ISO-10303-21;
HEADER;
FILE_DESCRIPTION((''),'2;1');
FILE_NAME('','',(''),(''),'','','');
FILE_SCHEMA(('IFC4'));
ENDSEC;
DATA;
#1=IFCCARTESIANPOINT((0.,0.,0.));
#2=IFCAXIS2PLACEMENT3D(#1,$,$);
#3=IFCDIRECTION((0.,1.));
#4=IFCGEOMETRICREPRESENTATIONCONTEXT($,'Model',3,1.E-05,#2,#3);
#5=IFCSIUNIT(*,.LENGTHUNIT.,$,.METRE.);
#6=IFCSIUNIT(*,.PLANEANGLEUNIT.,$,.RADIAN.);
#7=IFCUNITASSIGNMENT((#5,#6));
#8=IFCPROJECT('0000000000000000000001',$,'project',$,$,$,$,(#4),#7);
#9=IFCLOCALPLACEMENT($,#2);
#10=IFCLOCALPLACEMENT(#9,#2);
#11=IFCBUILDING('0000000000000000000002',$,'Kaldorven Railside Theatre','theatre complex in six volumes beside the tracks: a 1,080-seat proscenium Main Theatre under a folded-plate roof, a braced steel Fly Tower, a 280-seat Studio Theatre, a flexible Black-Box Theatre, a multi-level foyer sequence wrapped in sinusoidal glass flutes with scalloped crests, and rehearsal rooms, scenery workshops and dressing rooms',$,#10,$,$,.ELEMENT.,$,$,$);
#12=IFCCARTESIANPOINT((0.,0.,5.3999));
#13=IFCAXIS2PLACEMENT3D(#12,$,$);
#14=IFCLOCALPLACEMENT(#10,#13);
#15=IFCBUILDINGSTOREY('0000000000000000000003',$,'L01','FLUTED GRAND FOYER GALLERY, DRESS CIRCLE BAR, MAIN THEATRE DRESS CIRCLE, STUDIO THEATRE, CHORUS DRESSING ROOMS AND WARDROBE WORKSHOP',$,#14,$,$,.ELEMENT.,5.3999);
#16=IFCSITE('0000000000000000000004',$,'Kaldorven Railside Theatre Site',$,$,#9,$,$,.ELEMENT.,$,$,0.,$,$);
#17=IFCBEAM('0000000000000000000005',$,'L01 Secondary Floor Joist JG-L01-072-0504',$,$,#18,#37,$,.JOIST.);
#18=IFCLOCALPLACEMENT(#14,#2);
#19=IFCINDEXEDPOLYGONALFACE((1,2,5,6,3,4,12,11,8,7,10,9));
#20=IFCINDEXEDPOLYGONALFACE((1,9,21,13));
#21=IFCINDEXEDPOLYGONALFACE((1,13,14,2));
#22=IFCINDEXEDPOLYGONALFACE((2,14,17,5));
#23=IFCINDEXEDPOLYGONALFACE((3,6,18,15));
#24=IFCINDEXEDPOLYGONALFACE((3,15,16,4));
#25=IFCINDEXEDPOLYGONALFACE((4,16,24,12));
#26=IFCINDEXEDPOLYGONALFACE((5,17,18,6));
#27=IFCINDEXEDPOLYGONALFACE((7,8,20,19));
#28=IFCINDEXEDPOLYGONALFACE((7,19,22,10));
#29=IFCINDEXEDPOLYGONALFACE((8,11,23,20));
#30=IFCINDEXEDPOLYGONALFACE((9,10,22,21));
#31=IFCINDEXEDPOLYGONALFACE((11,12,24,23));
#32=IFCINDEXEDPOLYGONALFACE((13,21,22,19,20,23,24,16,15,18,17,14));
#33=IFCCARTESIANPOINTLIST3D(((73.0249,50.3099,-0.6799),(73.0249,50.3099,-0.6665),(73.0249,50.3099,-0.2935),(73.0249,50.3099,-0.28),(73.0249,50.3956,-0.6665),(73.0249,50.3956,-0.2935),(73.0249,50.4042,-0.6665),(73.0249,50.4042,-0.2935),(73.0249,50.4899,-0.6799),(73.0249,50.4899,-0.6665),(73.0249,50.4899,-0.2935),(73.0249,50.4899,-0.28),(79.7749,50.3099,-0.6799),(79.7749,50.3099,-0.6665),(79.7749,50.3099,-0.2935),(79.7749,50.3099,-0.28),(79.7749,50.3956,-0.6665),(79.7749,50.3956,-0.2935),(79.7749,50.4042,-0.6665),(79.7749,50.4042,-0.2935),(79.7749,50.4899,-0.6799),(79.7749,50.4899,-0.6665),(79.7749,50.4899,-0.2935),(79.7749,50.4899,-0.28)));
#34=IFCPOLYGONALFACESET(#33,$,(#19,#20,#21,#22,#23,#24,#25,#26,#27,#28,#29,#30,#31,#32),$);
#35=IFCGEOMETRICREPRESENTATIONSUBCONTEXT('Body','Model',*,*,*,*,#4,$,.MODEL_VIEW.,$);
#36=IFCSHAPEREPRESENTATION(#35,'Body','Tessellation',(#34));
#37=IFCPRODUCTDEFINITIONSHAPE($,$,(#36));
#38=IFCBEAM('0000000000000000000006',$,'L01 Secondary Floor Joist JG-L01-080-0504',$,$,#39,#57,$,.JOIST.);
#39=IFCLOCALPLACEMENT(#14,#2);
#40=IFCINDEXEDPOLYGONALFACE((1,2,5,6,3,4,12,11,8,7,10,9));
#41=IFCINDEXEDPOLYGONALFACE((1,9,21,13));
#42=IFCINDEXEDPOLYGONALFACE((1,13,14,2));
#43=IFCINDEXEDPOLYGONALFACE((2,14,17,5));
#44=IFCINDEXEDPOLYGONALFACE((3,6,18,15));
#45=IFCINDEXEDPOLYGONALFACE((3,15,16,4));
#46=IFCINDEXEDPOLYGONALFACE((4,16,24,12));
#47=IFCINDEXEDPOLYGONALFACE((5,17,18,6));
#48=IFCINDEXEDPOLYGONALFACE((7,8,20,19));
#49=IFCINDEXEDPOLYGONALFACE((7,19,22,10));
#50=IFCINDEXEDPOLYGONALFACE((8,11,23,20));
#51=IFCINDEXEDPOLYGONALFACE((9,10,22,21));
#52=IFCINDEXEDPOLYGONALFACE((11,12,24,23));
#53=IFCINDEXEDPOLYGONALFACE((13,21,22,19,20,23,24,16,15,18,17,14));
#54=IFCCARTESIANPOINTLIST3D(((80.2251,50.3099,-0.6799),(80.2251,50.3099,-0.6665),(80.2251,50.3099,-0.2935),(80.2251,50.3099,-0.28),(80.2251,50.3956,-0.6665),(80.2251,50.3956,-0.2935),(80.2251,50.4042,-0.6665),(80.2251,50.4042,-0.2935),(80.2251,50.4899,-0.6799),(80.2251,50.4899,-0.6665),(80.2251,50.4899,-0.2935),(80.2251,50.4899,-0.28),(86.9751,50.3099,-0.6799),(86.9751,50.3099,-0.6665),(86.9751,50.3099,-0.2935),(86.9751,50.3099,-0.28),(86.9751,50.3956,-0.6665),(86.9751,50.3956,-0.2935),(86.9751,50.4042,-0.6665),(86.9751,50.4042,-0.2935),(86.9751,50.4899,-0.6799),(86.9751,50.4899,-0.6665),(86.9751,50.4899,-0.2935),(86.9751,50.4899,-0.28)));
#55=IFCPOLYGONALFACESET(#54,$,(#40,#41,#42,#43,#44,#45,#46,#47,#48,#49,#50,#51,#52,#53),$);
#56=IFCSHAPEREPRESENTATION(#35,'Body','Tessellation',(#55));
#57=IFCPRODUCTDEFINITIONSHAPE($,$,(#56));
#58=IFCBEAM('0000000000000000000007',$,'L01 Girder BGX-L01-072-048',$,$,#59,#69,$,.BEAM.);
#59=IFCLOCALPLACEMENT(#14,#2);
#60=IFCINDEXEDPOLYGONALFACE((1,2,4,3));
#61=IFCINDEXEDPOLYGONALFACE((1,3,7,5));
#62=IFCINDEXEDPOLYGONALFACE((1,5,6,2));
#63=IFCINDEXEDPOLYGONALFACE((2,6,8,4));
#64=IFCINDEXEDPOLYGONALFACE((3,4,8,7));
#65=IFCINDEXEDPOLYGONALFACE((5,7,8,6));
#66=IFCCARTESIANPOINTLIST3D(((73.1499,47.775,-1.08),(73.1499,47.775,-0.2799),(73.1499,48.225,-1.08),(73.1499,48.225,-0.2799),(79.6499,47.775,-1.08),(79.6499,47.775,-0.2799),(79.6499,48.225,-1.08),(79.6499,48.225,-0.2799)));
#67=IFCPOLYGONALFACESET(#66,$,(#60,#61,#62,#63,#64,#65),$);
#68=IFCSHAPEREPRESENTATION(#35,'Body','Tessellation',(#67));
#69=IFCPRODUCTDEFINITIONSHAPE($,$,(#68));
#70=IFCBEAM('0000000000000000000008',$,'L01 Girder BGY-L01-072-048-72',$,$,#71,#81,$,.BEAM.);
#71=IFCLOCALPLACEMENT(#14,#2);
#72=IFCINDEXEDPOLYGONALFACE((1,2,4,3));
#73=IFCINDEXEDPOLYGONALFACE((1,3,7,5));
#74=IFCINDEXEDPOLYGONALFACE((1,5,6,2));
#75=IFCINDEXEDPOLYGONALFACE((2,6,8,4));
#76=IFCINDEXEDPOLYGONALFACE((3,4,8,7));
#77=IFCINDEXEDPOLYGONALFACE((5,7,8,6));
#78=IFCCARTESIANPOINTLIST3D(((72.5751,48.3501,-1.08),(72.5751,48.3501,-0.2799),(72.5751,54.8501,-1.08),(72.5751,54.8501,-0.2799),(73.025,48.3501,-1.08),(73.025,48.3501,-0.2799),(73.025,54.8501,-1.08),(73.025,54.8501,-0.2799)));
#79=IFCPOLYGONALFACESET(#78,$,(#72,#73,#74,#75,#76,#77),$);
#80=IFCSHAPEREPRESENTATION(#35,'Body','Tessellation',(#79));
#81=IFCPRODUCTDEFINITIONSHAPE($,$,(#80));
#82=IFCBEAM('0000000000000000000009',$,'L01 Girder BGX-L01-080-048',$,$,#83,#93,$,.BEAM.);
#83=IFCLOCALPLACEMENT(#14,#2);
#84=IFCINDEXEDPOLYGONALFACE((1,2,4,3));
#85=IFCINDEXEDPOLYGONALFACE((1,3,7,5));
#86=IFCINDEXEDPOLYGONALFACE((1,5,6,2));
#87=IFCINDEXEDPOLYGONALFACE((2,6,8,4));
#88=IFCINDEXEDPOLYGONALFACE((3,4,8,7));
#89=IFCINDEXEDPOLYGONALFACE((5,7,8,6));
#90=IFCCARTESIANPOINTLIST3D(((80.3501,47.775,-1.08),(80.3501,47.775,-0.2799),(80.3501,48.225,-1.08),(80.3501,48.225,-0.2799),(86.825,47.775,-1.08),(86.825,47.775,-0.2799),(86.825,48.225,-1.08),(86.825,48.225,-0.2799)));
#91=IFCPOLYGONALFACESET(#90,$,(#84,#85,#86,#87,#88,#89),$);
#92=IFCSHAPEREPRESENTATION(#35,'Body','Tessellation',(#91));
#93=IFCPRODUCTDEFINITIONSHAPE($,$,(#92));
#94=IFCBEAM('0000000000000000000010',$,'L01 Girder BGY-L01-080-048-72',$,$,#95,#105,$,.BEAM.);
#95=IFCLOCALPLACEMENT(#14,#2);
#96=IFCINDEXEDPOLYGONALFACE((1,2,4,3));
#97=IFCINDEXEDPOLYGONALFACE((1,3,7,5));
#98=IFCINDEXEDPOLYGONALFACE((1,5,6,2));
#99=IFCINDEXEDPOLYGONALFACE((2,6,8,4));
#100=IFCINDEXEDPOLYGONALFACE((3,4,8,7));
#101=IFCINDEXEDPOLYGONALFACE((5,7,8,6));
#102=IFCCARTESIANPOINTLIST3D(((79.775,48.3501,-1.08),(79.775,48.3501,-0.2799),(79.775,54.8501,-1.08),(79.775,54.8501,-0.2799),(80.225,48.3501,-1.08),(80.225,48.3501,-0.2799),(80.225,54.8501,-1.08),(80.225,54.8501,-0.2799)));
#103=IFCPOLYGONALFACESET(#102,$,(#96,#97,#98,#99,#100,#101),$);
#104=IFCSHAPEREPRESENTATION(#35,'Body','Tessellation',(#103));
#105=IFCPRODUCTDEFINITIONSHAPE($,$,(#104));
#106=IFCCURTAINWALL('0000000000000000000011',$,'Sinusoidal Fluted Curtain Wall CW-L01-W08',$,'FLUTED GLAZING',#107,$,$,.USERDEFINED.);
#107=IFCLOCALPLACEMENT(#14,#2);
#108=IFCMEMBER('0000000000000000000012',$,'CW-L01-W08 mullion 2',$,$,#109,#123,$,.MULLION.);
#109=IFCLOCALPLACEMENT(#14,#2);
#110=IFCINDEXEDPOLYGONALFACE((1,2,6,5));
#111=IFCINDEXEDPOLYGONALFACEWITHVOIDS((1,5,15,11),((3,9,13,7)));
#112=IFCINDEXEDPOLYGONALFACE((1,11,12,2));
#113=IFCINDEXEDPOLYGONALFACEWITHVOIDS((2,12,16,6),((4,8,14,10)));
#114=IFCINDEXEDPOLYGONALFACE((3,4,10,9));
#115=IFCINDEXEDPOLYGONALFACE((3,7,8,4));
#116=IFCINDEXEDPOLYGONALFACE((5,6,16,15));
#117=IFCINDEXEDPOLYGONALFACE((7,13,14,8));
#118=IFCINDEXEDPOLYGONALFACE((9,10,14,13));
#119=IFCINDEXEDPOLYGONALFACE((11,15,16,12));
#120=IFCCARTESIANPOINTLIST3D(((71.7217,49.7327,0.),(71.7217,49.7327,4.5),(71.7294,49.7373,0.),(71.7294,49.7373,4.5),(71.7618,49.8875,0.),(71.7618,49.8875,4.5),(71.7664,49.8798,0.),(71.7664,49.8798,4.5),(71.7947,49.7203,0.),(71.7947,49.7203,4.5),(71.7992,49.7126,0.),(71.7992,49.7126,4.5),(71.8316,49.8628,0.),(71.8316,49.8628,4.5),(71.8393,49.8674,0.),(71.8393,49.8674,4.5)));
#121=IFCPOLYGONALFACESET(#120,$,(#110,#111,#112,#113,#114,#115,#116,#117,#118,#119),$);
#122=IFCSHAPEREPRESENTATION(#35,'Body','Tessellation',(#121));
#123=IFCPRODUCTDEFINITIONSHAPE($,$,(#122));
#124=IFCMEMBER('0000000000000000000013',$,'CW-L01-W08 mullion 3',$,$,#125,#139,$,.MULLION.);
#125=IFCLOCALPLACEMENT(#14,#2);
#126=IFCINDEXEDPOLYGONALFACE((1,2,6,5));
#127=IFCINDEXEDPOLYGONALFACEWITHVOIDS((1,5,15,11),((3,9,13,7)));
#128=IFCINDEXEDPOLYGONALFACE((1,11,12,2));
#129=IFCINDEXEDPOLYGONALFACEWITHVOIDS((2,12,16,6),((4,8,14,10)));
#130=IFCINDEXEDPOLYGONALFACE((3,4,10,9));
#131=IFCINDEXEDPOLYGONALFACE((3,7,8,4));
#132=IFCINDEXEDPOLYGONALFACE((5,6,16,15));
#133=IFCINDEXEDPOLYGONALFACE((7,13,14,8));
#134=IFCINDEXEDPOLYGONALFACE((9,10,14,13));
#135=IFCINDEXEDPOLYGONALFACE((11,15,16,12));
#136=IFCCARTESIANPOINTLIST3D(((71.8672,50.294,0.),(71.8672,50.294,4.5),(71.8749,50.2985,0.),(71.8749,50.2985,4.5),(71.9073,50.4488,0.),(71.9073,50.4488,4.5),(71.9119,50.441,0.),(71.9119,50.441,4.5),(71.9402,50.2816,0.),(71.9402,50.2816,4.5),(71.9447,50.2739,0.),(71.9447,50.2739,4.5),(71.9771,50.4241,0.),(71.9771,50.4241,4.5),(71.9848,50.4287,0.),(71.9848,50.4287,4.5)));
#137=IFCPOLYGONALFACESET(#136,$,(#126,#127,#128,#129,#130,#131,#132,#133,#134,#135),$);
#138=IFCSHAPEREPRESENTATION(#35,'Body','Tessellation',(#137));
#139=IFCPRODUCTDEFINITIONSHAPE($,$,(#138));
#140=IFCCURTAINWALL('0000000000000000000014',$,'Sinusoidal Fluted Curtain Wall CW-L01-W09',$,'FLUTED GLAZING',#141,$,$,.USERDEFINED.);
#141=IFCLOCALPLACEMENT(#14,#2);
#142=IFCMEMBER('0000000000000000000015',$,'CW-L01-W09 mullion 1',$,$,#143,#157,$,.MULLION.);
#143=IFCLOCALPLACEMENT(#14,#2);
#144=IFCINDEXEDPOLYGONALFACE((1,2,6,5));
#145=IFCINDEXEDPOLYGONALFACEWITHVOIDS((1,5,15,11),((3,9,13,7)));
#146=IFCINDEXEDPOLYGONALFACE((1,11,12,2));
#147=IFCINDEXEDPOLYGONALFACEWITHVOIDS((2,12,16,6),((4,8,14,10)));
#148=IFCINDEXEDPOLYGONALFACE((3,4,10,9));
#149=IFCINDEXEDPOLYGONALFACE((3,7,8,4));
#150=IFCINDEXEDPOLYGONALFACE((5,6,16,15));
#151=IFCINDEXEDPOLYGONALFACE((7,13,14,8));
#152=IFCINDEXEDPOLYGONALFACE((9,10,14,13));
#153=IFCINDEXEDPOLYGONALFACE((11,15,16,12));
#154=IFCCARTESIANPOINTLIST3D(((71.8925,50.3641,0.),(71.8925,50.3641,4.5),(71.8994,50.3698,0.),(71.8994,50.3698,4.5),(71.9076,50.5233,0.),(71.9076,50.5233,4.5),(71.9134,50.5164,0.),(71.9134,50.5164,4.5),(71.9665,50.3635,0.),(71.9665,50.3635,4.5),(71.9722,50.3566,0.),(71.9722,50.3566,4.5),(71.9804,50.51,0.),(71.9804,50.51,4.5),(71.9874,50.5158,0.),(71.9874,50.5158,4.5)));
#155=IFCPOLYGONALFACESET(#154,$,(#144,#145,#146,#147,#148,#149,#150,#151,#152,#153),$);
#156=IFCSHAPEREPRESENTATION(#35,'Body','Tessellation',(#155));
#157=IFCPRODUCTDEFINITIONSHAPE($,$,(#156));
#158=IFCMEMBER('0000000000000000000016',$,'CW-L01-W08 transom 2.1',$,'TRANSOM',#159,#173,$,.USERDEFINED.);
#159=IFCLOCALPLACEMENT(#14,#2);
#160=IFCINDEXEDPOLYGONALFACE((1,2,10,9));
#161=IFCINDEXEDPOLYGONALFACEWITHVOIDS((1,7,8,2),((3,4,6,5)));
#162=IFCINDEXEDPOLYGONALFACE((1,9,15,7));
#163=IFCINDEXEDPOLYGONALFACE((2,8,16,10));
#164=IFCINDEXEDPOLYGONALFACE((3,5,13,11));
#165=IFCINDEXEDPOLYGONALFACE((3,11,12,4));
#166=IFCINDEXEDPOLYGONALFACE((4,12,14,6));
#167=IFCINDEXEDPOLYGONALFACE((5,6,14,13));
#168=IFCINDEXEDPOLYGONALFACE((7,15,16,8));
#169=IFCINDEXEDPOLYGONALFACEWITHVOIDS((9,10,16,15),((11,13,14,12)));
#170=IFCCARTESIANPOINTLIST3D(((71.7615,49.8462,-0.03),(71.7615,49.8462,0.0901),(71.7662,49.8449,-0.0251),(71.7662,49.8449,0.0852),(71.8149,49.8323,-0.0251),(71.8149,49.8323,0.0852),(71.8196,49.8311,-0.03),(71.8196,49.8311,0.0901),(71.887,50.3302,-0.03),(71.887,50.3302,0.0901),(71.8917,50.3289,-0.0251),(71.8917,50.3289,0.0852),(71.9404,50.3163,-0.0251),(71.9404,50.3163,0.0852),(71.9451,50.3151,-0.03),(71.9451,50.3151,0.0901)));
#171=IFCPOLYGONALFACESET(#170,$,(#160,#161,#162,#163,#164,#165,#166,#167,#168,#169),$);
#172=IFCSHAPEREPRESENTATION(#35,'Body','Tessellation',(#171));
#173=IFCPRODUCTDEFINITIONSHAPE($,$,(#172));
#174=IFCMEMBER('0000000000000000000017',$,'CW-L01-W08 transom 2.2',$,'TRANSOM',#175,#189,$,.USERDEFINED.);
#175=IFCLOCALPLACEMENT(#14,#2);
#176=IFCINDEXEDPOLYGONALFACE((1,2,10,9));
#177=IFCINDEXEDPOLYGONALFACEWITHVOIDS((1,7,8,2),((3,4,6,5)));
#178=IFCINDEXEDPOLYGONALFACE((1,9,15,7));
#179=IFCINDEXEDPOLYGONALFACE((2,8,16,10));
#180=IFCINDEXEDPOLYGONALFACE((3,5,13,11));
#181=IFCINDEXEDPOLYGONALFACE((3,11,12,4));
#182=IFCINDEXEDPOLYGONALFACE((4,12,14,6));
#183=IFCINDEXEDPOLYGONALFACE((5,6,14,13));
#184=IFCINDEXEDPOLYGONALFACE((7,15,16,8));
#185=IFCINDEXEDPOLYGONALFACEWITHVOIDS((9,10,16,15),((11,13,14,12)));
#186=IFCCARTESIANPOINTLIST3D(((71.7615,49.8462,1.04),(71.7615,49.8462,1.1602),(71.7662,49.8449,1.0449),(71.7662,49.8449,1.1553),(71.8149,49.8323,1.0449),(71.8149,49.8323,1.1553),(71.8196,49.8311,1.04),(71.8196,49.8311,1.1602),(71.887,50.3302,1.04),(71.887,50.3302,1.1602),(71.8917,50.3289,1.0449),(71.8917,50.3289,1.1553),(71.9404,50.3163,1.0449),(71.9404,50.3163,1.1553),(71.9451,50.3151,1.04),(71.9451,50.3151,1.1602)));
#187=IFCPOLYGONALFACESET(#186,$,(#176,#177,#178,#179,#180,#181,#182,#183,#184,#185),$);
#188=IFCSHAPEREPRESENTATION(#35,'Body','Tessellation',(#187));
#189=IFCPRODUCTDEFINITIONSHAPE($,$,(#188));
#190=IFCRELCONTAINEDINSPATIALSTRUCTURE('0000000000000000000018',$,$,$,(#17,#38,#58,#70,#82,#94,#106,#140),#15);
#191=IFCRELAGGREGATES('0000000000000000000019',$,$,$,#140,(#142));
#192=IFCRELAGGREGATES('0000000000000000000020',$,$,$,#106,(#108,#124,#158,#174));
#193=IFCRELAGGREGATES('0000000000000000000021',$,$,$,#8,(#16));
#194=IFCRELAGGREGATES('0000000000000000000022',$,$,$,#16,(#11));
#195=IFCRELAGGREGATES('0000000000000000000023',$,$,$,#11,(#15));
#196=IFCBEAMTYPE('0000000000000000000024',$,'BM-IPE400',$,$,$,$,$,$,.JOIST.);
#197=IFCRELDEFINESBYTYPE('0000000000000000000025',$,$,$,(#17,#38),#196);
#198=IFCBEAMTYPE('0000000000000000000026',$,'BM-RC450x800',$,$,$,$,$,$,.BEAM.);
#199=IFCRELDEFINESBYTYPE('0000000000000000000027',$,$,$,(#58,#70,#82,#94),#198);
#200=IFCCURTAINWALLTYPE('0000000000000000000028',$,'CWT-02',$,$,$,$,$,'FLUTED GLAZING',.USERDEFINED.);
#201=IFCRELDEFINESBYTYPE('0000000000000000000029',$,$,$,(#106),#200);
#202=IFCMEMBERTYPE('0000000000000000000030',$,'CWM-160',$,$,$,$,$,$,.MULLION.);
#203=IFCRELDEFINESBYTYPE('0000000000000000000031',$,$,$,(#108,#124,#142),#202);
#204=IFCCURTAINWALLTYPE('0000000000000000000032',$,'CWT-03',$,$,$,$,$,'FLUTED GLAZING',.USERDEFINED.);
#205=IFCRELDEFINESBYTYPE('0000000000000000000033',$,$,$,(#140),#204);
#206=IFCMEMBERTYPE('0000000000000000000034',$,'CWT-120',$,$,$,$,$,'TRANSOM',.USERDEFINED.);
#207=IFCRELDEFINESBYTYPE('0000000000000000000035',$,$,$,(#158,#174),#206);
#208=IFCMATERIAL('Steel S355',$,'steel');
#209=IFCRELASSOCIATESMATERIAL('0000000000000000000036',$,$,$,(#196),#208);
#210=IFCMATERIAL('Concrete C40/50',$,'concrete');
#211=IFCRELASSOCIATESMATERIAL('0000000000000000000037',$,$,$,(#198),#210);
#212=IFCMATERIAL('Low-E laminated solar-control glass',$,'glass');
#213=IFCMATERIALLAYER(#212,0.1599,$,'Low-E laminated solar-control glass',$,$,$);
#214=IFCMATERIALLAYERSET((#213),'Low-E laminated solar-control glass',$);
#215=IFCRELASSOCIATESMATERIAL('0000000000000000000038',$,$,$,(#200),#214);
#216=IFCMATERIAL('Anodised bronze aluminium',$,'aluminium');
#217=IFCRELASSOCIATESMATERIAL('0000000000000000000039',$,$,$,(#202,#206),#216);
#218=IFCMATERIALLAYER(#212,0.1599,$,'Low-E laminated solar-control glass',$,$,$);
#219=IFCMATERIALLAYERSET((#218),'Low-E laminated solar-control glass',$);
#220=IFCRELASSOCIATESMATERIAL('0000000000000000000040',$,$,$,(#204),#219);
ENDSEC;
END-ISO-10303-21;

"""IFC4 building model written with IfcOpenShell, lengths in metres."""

from ifc_helpers import new_model, si_unit, direction, frame, origin, origin_2d, place, context, subcontext, project, spatial, rectangle, hollow_rectangle, i_section, extrude, material, layer, layer_set, material_profile, profile_set, type_object, element, aggregate, save


model = new_model("IFC4")

# Units and contexts
model_context = context("Model", 3, precision=1e-05, world=origin(), true_north=direction((0.0, 1.0)))
body_context = subcontext(model_context, "Body", "Model", "MODEL_VIEW")
ifc_project = project(units=[si_unit("LENGTHUNIT", "METRE"), si_unit("PLANEANGLEUNIT", "RADIAN")], contexts=[model_context])

# Site, building, storey
site_placement = place(None, origin())
site = spatial("IfcSite", under=ifc_project, at=site_placement, Name="Kaldorven Railside Theatre Site", CompositionType="ELEMENT", RefElevation=0.0)
building_placement = place(site_placement, origin())
building = spatial("IfcBuilding", under=site, at=building_placement, Name="Kaldorven Railside Theatre", Description="theatre complex in six volumes beside the tracks: a 1,080-seat proscenium Main Theatre under a folded-plate roof, a braced steel Fly Tower, a 280-seat Studio Theatre, a flexible Black-Box Theatre, a multi-level foyer sequence wrapped in sinusoidal glass flutes with scalloped crests, and rehearsal rooms, scenery workshops and dressing rooms", CompositionType="ELEMENT")
storey_placement = place(building_placement, frame((0.0, 0.0, 5.3999)))
storey = spatial("IfcBuildingStorey", under=building, at=storey_placement, Name="L01", Description="FLUTED GRAND FOYER GALLERY, DRESS CIRCLE BAR, MAIN THEATRE DRESS CIRCLE, STUDIO THEATRE, CHORUS DRESSING ROOMS AND WARDROBE WORKSHOP", CompositionType="ELEMENT", Elevation=5.3999)

# Shared definitions
ifc_material_1 = material(Name="Steel S355", Category="steel")
ifc_material_2 = material(Name="Concrete C40/50", Category="concrete")

# Beams
ifc_material_profile_1 = material_profile(ifc_material_1, i_section(OverallWidth=0.1799, OverallDepth=0.3999, WebThickness=0.0085, FlangeThickness=0.0134, at=origin_2d()), Name="IPE 400")
ifc_profile_set_1 = profile_set([ifc_material_profile_1], Name="Steel S355")
beam_type_1 = type_object("IfcBeamType", Name="BM-IPE400", PredefinedType="JOIST", material=ifc_profile_set_1)
for number, where, z_axis, x_axis, name in (
    (1, (73.0249, 50.3999, -0.48), (1.0, 0.0, 0.0), (0.0, 1.0, 0.0), "L01 Secondary Floor Joist JG-L01-072-0504"),
    (2, (80.2251, 50.3999, -0.48), (1.0, 0.0, 0.0), (0.0, 1.0, 0.0), "L01 Secondary Floor Joist JG-L01-080-0504"),
):
    element("IfcBeam", number, at=place(storey_placement, frame(where, z_axis=z_axis, x_axis=x_axis)), inside=storey, type_object=beam_type_1, Name=name, PredefinedType="JOIST", context=body_context, shape_type="SweptSolid", body=[
        extrude(i_section(OverallWidth=0.1799, OverallDepth=0.3999, WebThickness=0.0085, FlangeThickness=0.0134, at=origin_2d()), origin(), (0.0, 0.0, 1.0), 6.75),
    ])
ifc_material_profile_2 = material_profile(ifc_material_2, rectangle(XDim=0.45, YDim=0.8, at=origin_2d()), Name="RC 450x800")
ifc_profile_set_2 = profile_set([ifc_material_profile_2], Name="Concrete C40/50")
beam_type_2 = type_object("IfcBeamType", Name="BM-RC450x800", PredefinedType="BEAM", material=ifc_profile_set_2)
for number, where, z_axis, x_axis, name in (
    (3, (73.1499, 48.0, -0.6799), (1.0, 0.0, 0.0), (0.0, 1.0, 0.0), "L01 Girder BGX-L01-072-048"),
    (4, (72.8, 48.3501, -0.6799), (0.0, 1.0, 0.0), (-1.0, 0.0, 0.0), "L01 Girder BGY-L01-072-048-72"),
):
    element("IfcBeam", number, at=place(storey_placement, frame(where, z_axis=z_axis, x_axis=x_axis)), inside=storey, type_object=beam_type_2, Name=name, PredefinedType="BEAM", context=body_context, shape_type="SweptSolid", body=[
        extrude(rectangle(XDim=0.45, YDim=0.8, at=origin_2d()), origin(), (0.0, 0.0, 1.0), 6.5),
    ])
beam_1_placement = place(storey_placement, frame((80.3501, 48.0, -0.6799), z_axis=(1.0, 0.0, 0.0), x_axis=(0.0, 1.0, 0.0)))
element("IfcBeam", 5, at=beam_1_placement, inside=storey, type_object=beam_type_2, Name="L01 Girder BGX-L01-080-048", PredefinedType="BEAM", context=body_context, shape_type="SweptSolid", body=[
    extrude(rectangle(XDim=0.45, YDim=0.8, at=origin_2d()), origin(), (0.0, 0.0, 1.0), 6.4749),
])
beam_2_placement = place(storey_placement, frame((80.0, 48.3501, -0.6799), z_axis=(0.0, 1.0, 0.0), x_axis=(-1.0, 0.0, 0.0)))
element("IfcBeam", 6, at=beam_2_placement, inside=storey, type_object=beam_type_2, Name="L01 Girder BGY-L01-080-048-72", PredefinedType="BEAM", context=body_context, shape_type="SweptSolid", body=[
    extrude(rectangle(XDim=0.45, YDim=0.8, at=origin_2d()), origin(), (0.0, 0.0, 1.0), 6.5),
])

# Curtain wall, members
ifc_material_3 = material(Name="Low-E laminated solar-control glass", Category="glass")
ifc_layer_1 = layer(ifc_material_3, 0.1599, Name="Low-E laminated solar-control glass")
ifc_layer_set_1 = layer_set([ifc_layer_1], Name="Low-E laminated solar-control glass")
curtain_wall_type_1 = type_object("IfcCurtainWallType", Name="CWT-02", ElementType="FLUTED GLAZING", PredefinedType="USERDEFINED", material=ifc_layer_set_1)
curtain_wall_1_placement = place(storey_placement, origin())
curtain_wall_1 = element("IfcCurtainWall", 7, at=curtain_wall_1_placement, inside=storey, type_object=curtain_wall_type_1, Name="Sinusoidal Fluted Curtain Wall CW-L01-W08", ObjectType="FLUTED GLAZING", PredefinedType="USERDEFINED")
ifc_material_4 = material(Name="Anodised bronze aluminium", Category="aluminium")
ifc_material_profile_3 = material_profile(ifc_material_4, hollow_rectangle(XDim=0.0801, YDim=0.1599, WallThickness=0.0063, at=origin_2d()), Name="RHS 160x80x6.3")
ifc_profile_set_3 = profile_set([ifc_material_profile_3], Name="Anodised bronze aluminium")
member_type_1 = type_object("IfcMemberType", Name="CWM-160", PredefinedType="MULLION", material=ifc_profile_set_3)
member_1_placement = place(storey_placement, frame((71.7805, 49.8, 0.0), z_axis=(0.0, 0.0, 1.0), x_axis=(-0.967999, 0.250954, 0.0)))
member_1 = element("IfcMember", 8, at=member_1_placement, type_object=member_type_1, Name="CW-L01-W08 mullion 2", PredefinedType="MULLION", context=body_context, shape_type="SweptSolid", body=[
    extrude(hollow_rectangle(XDim=0.0801, YDim=0.1599, WallThickness=0.0063, at=origin_2d()), origin(), (0.0, 0.0, 1.0), 4.5),
])
member_2_placement = place(storey_placement, frame((71.926, 50.3613, 0.0), z_axis=(0.0, 0.0, 1.0), x_axis=(-0.967999, 0.250954, 0.0)))
member_2 = element("IfcMember", 9, at=member_2_placement, type_object=member_type_1, Name="CW-L01-W08 mullion 3", PredefinedType="MULLION", context=body_context, shape_type="SweptSolid", body=[
    extrude(hollow_rectangle(XDim=0.0801, YDim=0.1599, WallThickness=0.0063, at=origin_2d()), origin(), (0.0, 0.0, 1.0), 4.5),
])

# Curtain wall, member
ifc_layer_2 = layer(ifc_material_3, 0.1599, Name="Low-E laminated solar-control glass")
ifc_layer_set_2 = layer_set([ifc_layer_2], Name="Low-E laminated solar-control glass")
curtain_wall_type_2 = type_object("IfcCurtainWallType", Name="CWT-03", ElementType="FLUTED GLAZING", PredefinedType="USERDEFINED", material=ifc_layer_set_2)
curtain_wall_2_placement = place(storey_placement, origin())
curtain_wall_2 = element("IfcCurtainWall", 10, at=curtain_wall_2_placement, inside=storey, type_object=curtain_wall_type_2, Name="Sinusoidal Fluted Curtain Wall CW-L01-W09", ObjectType="FLUTED GLAZING", PredefinedType="USERDEFINED")
member_3_placement = place(storey_placement, frame((71.9399, 50.4399, 0.0), z_axis=(0.0, 0.0, 1.0), x_axis=(-0.995526, 0.094492, 0.0)))
member_3 = element("IfcMember", 11, at=member_3_placement, type_object=member_type_1, Name="CW-L01-W09 mullion 1", PredefinedType="MULLION", context=body_context, shape_type="SweptSolid", body=[
    extrude(hollow_rectangle(XDim=0.0801, YDim=0.1599, WallThickness=0.0063, at=origin_2d()), origin(), (0.0, 0.0, 1.0), 4.5),
])
aggregate(curtain_wall_2, [member_3])

# Members
ifc_material_profile_4 = material_profile(ifc_material_4, hollow_rectangle(XDim=0.0601, YDim=0.1201, WallThickness=0.0049, at=origin_2d()), Name="RHS 120x60x5")
ifc_profile_set_4 = profile_set([ifc_material_profile_4], Name="Anodised bronze aluminium")
member_type_2 = type_object("IfcMemberType", Name="CWT-120", ElementType="TRANSOM", PredefinedType="USERDEFINED", material=ifc_profile_set_4)
member_4_placement = place(storey_placement, frame((71.7905, 49.8386, 0.03), z_axis=(0.25103, 0.967979, 0.0), x_axis=(-0.967979, 0.25103, 0.0)))
member_4 = element("IfcMember", 12, at=member_4_placement, type_object=member_type_2, Name="CW-L01-W08 transom 2.1", ObjectType="TRANSOM", PredefinedType="USERDEFINED", context=body_context, shape_type="SweptSolid", body=[
    extrude(hollow_rectangle(XDim=0.0601, YDim=0.1201, WallThickness=0.0049, at=origin_2d()), origin(), (0.0, 0.0, 1.0), 0.5),
])
member_5_placement = place(storey_placement, frame((71.7905, 49.8386, 1.1001), z_axis=(0.25103, 0.967979, 0.0), x_axis=(-0.967979, 0.25103, 0.0)))
member_5 = element("IfcMember", 13, at=member_5_placement, type_object=member_type_2, Name="CW-L01-W08 transom 2.2", ObjectType="TRANSOM", PredefinedType="USERDEFINED", context=body_context, shape_type="SweptSolid", body=[
    extrude(hollow_rectangle(XDim=0.0601, YDim=0.1201, WallThickness=0.0049, at=origin_2d()), origin(), (0.0, 0.0, 1.0), 0.5),
])

aggregate(curtain_wall_1, [member_1, member_2, member_4, member_5])

save(model, "model.ifc")
